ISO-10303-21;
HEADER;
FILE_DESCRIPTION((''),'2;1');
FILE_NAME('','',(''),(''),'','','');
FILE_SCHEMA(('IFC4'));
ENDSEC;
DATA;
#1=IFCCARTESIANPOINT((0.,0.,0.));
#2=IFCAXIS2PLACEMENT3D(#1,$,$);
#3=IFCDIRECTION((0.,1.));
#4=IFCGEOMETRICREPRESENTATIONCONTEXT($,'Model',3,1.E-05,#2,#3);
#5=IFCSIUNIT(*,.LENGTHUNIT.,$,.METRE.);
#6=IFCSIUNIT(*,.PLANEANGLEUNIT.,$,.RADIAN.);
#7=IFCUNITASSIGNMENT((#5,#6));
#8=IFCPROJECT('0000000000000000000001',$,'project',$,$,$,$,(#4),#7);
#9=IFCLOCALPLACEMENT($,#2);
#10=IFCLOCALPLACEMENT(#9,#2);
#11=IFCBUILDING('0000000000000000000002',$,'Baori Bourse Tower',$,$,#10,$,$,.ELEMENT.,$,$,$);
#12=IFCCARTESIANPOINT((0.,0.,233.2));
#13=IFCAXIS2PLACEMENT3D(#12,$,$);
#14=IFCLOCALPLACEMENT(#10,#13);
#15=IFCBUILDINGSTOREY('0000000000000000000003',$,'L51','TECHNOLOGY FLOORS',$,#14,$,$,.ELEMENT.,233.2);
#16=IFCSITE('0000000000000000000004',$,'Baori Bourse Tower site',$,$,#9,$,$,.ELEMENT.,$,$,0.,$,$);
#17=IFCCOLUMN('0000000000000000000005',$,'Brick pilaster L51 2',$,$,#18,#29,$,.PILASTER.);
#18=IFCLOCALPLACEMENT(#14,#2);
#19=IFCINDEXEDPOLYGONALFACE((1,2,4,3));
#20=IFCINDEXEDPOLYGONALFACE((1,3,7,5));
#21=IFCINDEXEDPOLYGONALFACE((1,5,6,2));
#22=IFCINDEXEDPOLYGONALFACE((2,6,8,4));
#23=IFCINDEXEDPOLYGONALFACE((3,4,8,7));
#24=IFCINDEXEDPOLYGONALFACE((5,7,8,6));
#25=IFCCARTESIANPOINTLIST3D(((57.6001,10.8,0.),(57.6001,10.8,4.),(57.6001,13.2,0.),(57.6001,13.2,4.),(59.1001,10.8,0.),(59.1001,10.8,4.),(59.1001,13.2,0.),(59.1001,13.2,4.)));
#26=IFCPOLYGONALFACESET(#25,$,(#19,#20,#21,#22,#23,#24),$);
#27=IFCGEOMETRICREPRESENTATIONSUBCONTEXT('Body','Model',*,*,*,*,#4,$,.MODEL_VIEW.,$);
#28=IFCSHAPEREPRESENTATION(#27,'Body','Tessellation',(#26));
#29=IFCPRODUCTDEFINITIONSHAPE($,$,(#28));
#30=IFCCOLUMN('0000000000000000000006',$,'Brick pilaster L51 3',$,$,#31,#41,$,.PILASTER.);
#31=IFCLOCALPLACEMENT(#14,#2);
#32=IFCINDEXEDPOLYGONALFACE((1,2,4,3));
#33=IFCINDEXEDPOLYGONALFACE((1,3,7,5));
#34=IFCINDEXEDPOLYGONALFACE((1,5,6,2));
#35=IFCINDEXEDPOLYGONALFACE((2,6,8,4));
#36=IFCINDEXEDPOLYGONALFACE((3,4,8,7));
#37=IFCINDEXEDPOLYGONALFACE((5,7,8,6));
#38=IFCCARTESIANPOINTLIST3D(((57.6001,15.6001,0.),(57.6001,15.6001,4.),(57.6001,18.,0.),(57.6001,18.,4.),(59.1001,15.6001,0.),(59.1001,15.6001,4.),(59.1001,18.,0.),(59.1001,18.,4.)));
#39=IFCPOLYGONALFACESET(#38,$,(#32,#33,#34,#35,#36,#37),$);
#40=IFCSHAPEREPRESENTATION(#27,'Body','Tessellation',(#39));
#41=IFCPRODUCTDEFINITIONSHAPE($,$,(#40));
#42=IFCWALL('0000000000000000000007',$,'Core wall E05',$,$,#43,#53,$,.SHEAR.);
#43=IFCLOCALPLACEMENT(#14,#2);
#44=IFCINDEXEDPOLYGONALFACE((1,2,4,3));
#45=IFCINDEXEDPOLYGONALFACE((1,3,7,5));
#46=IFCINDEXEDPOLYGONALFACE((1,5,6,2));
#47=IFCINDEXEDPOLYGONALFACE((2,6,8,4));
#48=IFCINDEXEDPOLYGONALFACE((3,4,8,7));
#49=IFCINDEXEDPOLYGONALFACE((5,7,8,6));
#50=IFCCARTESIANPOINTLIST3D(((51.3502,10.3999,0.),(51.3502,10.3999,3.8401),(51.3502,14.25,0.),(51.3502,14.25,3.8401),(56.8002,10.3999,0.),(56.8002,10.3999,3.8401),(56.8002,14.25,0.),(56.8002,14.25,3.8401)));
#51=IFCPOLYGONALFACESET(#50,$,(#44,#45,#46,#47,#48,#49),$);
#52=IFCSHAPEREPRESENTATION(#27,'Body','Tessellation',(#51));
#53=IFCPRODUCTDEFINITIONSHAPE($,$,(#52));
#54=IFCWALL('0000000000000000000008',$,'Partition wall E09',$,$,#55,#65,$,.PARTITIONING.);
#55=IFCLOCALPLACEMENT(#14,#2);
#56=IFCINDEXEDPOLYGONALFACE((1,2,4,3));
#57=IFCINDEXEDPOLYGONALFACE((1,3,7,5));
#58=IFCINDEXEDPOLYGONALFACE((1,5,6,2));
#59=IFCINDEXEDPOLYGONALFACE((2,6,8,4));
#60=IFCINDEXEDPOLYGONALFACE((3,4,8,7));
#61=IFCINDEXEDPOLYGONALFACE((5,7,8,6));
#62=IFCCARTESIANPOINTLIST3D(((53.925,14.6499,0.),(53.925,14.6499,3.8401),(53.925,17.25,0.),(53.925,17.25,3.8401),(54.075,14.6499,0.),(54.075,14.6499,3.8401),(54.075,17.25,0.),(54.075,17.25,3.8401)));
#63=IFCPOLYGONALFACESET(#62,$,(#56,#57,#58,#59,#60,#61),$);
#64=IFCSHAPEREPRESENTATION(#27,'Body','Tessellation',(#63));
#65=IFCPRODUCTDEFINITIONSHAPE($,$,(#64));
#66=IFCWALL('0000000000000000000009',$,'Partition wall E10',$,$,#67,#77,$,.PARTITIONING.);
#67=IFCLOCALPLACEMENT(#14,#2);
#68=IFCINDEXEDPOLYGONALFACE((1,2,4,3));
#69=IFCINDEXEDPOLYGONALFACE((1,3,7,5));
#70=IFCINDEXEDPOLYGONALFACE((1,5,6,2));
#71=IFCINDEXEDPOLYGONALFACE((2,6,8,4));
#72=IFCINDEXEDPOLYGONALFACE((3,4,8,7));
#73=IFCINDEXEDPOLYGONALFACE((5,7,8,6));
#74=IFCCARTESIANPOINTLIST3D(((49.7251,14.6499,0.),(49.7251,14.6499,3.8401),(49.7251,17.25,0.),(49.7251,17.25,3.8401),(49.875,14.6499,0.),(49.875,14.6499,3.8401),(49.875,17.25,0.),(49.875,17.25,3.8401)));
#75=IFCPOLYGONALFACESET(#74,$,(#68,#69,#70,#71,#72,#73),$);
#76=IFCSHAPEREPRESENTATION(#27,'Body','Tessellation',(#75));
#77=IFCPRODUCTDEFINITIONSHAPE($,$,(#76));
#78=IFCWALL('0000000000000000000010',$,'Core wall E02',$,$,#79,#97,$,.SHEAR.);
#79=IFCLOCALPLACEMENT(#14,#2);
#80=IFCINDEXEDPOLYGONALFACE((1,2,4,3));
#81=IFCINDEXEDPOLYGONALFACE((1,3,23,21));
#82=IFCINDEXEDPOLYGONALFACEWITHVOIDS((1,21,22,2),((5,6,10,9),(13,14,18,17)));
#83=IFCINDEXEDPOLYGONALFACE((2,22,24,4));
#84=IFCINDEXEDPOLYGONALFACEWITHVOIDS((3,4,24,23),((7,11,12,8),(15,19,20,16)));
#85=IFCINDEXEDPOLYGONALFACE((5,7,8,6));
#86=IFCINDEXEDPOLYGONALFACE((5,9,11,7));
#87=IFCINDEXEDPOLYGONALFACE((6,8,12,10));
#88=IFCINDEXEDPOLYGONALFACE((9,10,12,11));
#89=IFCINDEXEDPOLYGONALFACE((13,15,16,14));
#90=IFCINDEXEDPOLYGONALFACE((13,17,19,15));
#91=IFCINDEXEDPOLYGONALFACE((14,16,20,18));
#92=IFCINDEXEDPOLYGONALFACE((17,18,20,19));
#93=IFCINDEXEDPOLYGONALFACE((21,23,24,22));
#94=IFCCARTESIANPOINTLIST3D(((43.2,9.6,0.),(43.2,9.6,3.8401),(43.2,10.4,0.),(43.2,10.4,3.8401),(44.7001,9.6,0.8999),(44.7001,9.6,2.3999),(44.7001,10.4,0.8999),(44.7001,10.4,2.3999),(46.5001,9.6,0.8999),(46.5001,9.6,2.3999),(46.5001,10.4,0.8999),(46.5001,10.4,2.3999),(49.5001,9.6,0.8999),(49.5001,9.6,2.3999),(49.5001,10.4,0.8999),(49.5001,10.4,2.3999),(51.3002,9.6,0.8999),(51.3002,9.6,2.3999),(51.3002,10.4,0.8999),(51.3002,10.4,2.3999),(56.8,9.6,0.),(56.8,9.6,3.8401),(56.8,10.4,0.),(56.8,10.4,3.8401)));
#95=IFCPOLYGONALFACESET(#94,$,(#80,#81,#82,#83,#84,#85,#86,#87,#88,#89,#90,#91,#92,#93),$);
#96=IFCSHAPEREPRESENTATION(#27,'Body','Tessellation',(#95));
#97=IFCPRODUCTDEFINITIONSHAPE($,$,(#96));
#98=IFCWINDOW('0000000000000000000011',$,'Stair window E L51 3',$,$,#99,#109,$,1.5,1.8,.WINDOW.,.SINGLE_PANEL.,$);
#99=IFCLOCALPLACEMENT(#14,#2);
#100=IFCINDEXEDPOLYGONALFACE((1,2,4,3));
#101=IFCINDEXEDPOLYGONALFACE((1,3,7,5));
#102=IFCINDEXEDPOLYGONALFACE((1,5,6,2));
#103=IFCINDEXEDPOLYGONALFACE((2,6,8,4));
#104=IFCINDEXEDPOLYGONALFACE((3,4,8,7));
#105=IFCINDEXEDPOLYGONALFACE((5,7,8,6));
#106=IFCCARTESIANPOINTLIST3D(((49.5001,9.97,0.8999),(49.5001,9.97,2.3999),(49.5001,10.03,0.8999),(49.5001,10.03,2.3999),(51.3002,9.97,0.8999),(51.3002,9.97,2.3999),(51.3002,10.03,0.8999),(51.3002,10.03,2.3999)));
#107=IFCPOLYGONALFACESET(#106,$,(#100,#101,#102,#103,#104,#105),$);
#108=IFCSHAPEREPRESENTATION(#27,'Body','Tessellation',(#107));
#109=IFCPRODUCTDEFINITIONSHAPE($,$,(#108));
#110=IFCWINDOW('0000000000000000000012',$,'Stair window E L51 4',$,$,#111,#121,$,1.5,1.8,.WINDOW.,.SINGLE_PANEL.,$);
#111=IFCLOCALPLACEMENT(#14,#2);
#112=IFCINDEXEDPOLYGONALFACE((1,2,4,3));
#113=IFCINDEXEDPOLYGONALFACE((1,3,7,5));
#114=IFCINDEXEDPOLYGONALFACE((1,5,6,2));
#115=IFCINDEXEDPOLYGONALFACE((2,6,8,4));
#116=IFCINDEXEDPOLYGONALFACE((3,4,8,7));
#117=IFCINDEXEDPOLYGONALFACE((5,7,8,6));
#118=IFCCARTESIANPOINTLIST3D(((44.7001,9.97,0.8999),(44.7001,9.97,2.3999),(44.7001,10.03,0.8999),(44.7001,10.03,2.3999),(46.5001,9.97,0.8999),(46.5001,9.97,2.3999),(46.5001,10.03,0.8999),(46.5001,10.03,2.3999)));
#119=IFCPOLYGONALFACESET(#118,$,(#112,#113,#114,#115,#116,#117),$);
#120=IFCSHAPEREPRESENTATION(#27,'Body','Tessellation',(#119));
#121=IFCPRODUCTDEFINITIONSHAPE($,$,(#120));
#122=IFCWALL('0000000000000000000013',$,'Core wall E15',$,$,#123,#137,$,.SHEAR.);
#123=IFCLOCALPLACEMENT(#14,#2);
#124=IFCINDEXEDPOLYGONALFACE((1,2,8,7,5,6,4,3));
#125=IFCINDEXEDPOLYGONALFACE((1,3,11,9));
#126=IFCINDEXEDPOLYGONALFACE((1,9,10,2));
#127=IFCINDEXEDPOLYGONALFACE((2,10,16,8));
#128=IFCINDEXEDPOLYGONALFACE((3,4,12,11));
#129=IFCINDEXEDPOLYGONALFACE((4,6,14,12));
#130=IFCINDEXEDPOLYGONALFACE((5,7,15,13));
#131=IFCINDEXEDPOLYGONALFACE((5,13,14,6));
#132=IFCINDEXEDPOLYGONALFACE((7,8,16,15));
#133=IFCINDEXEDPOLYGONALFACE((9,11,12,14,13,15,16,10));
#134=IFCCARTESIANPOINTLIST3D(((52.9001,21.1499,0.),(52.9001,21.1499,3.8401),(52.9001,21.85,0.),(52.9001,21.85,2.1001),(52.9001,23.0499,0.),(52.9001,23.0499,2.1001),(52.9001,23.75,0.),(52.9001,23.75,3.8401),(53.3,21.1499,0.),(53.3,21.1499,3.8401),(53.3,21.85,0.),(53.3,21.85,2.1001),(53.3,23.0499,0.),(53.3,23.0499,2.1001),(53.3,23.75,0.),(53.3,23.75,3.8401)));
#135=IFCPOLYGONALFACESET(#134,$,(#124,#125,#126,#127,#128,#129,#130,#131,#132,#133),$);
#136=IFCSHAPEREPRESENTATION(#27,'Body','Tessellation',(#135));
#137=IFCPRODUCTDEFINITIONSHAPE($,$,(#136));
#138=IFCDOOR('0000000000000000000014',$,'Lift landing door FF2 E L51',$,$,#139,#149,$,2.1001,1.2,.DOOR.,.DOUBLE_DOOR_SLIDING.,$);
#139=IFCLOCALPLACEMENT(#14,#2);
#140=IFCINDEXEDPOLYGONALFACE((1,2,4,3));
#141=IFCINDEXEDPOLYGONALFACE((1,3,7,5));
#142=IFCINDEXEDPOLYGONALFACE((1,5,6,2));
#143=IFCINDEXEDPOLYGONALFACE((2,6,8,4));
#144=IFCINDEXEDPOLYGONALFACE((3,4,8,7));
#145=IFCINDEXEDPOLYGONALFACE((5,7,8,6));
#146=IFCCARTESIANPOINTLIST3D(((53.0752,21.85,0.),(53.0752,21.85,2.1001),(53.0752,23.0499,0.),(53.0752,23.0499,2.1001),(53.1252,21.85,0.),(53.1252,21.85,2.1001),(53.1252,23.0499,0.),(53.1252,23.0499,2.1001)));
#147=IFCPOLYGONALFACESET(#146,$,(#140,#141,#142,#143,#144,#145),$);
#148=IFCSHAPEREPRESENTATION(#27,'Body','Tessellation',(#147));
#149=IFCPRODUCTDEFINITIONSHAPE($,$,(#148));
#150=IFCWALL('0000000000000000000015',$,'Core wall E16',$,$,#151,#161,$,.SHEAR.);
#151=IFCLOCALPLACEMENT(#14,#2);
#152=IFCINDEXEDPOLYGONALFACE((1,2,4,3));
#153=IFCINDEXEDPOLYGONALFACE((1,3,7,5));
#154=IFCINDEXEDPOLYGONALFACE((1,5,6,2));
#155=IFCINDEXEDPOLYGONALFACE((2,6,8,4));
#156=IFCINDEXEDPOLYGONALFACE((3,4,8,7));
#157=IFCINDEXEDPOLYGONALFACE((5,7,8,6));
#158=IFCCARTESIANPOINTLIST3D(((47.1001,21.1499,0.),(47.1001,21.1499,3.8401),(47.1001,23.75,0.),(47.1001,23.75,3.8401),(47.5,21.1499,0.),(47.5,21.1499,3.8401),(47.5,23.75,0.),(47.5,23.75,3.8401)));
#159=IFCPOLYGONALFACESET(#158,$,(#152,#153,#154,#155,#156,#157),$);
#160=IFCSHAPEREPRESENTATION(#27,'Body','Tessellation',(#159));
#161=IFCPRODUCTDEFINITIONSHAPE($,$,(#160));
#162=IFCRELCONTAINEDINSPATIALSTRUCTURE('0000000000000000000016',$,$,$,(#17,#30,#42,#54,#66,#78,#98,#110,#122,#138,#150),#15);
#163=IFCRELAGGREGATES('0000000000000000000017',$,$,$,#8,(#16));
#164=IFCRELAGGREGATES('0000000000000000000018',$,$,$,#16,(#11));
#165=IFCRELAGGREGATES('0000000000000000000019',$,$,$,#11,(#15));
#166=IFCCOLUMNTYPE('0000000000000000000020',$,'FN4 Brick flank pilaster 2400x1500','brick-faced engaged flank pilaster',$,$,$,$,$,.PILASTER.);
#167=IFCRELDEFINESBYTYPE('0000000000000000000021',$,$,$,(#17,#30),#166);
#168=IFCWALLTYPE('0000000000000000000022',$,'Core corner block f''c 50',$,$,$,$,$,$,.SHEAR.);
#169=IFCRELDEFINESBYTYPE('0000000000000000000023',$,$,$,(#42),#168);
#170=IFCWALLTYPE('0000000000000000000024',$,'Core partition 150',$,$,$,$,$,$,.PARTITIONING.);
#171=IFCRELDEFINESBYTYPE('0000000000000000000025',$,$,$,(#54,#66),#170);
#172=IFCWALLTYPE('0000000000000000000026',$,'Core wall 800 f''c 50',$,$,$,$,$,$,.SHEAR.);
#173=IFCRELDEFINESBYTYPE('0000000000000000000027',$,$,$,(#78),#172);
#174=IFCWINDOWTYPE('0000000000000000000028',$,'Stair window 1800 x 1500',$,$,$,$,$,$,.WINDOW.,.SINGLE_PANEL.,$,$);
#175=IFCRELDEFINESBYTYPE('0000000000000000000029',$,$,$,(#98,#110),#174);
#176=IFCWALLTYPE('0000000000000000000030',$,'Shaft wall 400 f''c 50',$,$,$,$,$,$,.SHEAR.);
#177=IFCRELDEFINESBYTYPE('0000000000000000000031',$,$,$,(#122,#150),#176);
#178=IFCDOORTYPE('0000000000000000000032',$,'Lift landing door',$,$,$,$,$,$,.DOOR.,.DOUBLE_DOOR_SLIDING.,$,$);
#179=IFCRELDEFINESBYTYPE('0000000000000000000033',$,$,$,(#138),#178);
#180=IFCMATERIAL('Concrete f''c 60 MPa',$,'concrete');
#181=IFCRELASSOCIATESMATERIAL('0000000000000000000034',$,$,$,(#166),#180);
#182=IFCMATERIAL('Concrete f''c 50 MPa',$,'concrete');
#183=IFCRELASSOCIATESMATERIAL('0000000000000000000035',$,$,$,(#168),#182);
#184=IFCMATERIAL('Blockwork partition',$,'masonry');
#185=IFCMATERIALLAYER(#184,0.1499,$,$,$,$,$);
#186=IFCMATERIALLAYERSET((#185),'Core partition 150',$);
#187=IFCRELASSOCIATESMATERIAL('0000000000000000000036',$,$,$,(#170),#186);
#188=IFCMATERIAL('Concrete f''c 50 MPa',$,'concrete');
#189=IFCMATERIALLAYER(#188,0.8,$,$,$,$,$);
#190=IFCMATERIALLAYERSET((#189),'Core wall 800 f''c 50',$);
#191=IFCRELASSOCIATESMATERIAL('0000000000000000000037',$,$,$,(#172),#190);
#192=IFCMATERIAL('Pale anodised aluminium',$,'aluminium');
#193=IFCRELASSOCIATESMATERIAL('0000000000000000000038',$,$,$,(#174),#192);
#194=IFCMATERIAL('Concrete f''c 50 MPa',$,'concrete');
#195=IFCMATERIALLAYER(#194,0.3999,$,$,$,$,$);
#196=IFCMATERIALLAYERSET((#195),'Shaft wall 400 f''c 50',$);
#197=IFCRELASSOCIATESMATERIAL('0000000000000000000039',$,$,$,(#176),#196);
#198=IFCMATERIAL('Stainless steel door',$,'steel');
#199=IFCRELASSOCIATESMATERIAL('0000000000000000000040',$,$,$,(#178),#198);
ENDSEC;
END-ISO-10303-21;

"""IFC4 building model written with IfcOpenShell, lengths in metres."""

from ifc_helpers import new_model, si_unit, direction, frame, frame_2d, origin, origin_2d, place, context, subcontext, project, spatial, rectangle, extrude, material, layer, layer_set, material_profile, profile_set, type_object, element, fill, save


model = new_model("IFC4")

# Units and contexts
model_context = context("Model", 3, precision=1e-05, world=origin(), true_north=direction((0.0, 1.0)))
body_context = subcontext(model_context, "Body", "Model", "MODEL_VIEW")
ifc_project = project(units=[si_unit("LENGTHUNIT", "METRE"), si_unit("PLANEANGLEUNIT", "RADIAN")], contexts=[model_context])

# Site, building, storey
site_placement = place(None, origin())
site = spatial("IfcSite", under=ifc_project, at=site_placement, Name="Baori Bourse Tower site", CompositionType="ELEMENT", RefElevation=0.0)
building_placement = place(site_placement, origin())
building = spatial("IfcBuilding", under=site, at=building_placement, Name="Baori Bourse Tower", CompositionType="ELEMENT")
storey_placement = place(building_placement, frame((0.0, 0.0, 233.2)))
storey = spatial("IfcBuildingStorey", under=building, at=storey_placement, Name="L51", Description="TECHNOLOGY FLOORS", CompositionType="ELEMENT", Elevation=233.2)

# Columns
ifc_material_1 = material(Name="Concrete f'c 60 MPa", Category="concrete")
ifc_material_profile = material_profile(ifc_material_1, rectangle(XDim=2.3999, YDim=1.5, at=origin_2d()), Name="RC 2400x1500")
ifc_profile_set = profile_set([ifc_material_profile], Name="Concrete f'c 60 MPa")
column_type = type_object("IfcColumnType", Name="FN4 Brick flank pilaster 2400x1500", Description="brick-faced engaged flank pilaster", PredefinedType="PILASTER", material=ifc_profile_set)
for number, where, z_axis, x_axis, name in (
    (1, (58.3501, 12.0, 0.0), (0.0, 0.0, 1.0), (0.0, 1.0, 0.0), "Brick pilaster L51 2"),
    (2, (58.3501, 16.8, 0.0), (0.0, 0.0, 1.0), (0.0, 1.0, 0.0), "Brick pilaster L51 3"),
):
    element("IfcColumn", number, at=place(storey_placement, frame(where, z_axis=z_axis, x_axis=x_axis)), inside=storey, type_object=column_type, Name=name, PredefinedType="PILASTER", context=body_context, shape_type="SweptSolid", body=[
        extrude(rectangle(XDim=2.3999, YDim=1.5, at=origin_2d()), origin(), (0.0, 0.0, 1.0), 4.0),
    ])

# Walls
ifc_material_2 = material(Name="Concrete f'c 50 MPa", Category="concrete")
wall_type_1 = type_object("IfcWallType", Name="Core corner block f'c 50", PredefinedType="SHEAR", material=ifc_material_2)
wall_1_placement = place(storey_placement, frame((51.3501, 12.325, 0.0), z_axis=(0.0, 0.0, 1.0), x_axis=(1.0, 0.0, 0.0)))
element("IfcWall", 3, at=wall_1_placement, inside=storey, type_object=wall_type_1, Name="Core wall E05", PredefinedType="SHEAR", context=body_context, shape_type="SweptSolid", body=[
    extrude(rectangle(XDim=5.45, YDim=3.8501, at=frame_2d((2.7251, 0.0))), origin(), (0.0, 0.0, 1.0), 3.8401),
])
ifc_material_3 = material(Name="Blockwork partition", Category="masonry")
ifc_layer_1 = layer(ifc_material_3, 0.1499)
ifc_layer_set_1 = layer_set([ifc_layer_1], Name="Core partition 150")
wall_type_2 = type_object("IfcWallType", Name="Core partition 150", PredefinedType="PARTITIONING", material=ifc_layer_set_1)
for number, where, z_axis, x_axis, name in (
    (4, (54.0, 14.6499, 0.0), (0.0, 0.0, 1.0), (0.0, 1.0, 0.0), "Partition wall E09"),
    (5, (49.8, 14.6499, 0.0), (0.0, 0.0, 1.0), (0.0, 1.0, 0.0), "Partition wall E10"),
):
    element("IfcWall", number, at=place(storey_placement, frame(where, z_axis=z_axis, x_axis=x_axis)), inside=storey, type_object=wall_type_2, Name=name, PredefinedType="PARTITIONING", context=body_context, shape_type="SweptSolid", body=[
        extrude(rectangle(XDim=2.6001, YDim=0.1499, at=frame_2d((1.3, 0.0))), origin(), (0.0, 0.0, 1.0), 3.8401),
    ])

# Wall, openings, windows
ifc_material_4 = material(Name="Concrete f'c 50 MPa", Category="concrete")
ifc_layer_2 = layer(ifc_material_4, 0.8)
ifc_layer_set_2 = layer_set([ifc_layer_2], Name="Core wall 800 f'c 50")
wall_type_3 = type_object("IfcWallType", Name="Core wall 800 f'c 50", PredefinedType="SHEAR", material=ifc_layer_set_2)
wall_2_placement = place(storey_placement, frame((56.8, 10.0, 0.0), z_axis=(0.0, 0.0, 1.0), x_axis=(-1.0, 0.0, 0.0)))
wall_2 = element("IfcWall", 6, at=wall_2_placement, inside=storey, type_object=wall_type_3, Name="Core wall E02", PredefinedType="SHEAR", context=body_context, shape_type="SweptSolid", body=[
    extrude(rectangle(XDim=13.6001, YDim=0.8, at=frame_2d((6.8, 0.0))), origin(), (0.0, 0.0, 1.0), 3.8401),
])
opening_1_placement = place(wall_2_placement, frame((5.5, 0.0, 0.8999)))
opening_1 = element("IfcOpeningElement", 7, at=opening_1_placement, cuts=wall_2, PredefinedType="OPENING", context=body_context, shape_type="SweptSolid", body=[
    extrude(rectangle(XDim=1.8, YDim=1.5, at=frame_2d((0.8999, 0.75))), frame((0.0, 0.4099, 0.0), z_axis=(0.0, -1.0, 0.0), x_axis=(1.0, 0.0, 0.0)), (0.0, 0.0, 1.0), 0.8201),
])
opening_2_placement = place(wall_2_placement, frame((10.3, 0.0, 0.8999)))
opening_2 = element("IfcOpeningElement", 8, at=opening_2_placement, cuts=wall_2, PredefinedType="OPENING", context=body_context, shape_type="SweptSolid", body=[
    extrude(rectangle(XDim=1.8, YDim=1.5, at=frame_2d((0.8999, 0.75))), frame((0.0, 0.4099, 0.0), z_axis=(0.0, -1.0, 0.0), x_axis=(1.0, 0.0, 0.0)), (0.0, 0.0, 1.0), 0.8201),
])
ifc_material_5 = material(Name="Pale anodised aluminium", Category="aluminium")
window_type = type_object("IfcWindowType", Name="Stair window 1800 x 1500", PartitioningType="SINGLE_PANEL", PredefinedType="WINDOW", material=ifc_material_5)
window_1_placement = place(opening_1_placement, origin())
window_1 = element("IfcWindow", 9, at=window_1_placement, inside=storey, type_object=window_type, Name="Stair window E L51 3", OverallHeight=1.5, OverallWidth=1.8, PartitioningType="SINGLE_PANEL", PredefinedType="WINDOW", context=body_context, shape_type="SweptSolid", body=[
    extrude(rectangle(XDim=1.8, YDim=1.5, at=frame_2d((0.8999, 0.75))), frame((0.0, 0.03, 0.0), z_axis=(0.0, -1.0, 0.0), x_axis=(1.0, 0.0, 0.0)), (0.0, 0.0, 1.0), 0.0601),
])
fill(opening_1, window_1)
window_2_placement = place(opening_2_placement, origin())
window_2 = element("IfcWindow", 10, at=window_2_placement, inside=storey, type_object=window_type, Name="Stair window E L51 4", OverallHeight=1.5, OverallWidth=1.8, PartitioningType="SINGLE_PANEL", PredefinedType="WINDOW", context=body_context, shape_type="SweptSolid", body=[
    extrude(rectangle(XDim=1.8, YDim=1.5, at=frame_2d((0.8999, 0.75))), frame((0.0, 0.03, 0.0), z_axis=(0.0, -1.0, 0.0), x_axis=(1.0, 0.0, 0.0)), (0.0, 0.0, 1.0), 0.0601),
])
fill(opening_2, window_2)

# Wall, opening, door
ifc_material_6 = material(Name="Concrete f'c 50 MPa", Category="concrete")
ifc_layer_3 = layer(ifc_material_6, 0.3999)
ifc_layer_set_3 = layer_set([ifc_layer_3], Name="Shaft wall 400 f'c 50")
wall_type_4 = type_object("IfcWallType", Name="Shaft wall 400 f'c 50", PredefinedType="SHEAR", material=ifc_layer_set_3)
wall_3_placement = place(storey_placement, frame((53.1001, 21.1499, 0.0), z_axis=(0.0, 0.0, 1.0), x_axis=(0.0, 1.0, 0.0)))
wall_3 = element("IfcWall", 11, at=wall_3_placement, inside=storey, type_object=wall_type_4, Name="Core wall E15", PredefinedType="SHEAR", context=body_context, shape_type="SweptSolid", body=[
    extrude(rectangle(XDim=2.6001, YDim=0.3999, at=frame_2d((1.3, 0.0))), origin(), (0.0, 0.0, 1.0), 3.8401),
])
opening_3_placement = place(wall_3_placement, frame((0.7, 0.0, 0.0)))
opening_3 = element("IfcOpeningElement", 12, at=opening_3_placement, cuts=wall_3, PredefinedType="OPENING", context=body_context, shape_type="SweptSolid", body=[
    extrude(rectangle(XDim=1.2, YDim=2.1001, at=frame_2d((0.6001, 1.05))), frame((0.0, 0.21, 0.0), z_axis=(0.0, -1.0, 0.0), x_axis=(1.0, 0.0, 0.0)), (0.0, 0.0, 1.0), 0.4199),
])
ifc_material_7 = material(Name="Stainless steel door", Category="steel")
door_type = type_object("IfcDoorType", Name="Lift landing door", OperationType="DOUBLE_DOOR_SLIDING", PredefinedType="DOOR", material=ifc_material_7)
door_placement = place(opening_3_placement, origin())
door = element("IfcDoor", 13, at=door_placement, inside=storey, type_object=door_type, Name="Lift landing door FF2 E L51", OperationType="DOUBLE_DOOR_SLIDING", OverallHeight=2.1001, OverallWidth=1.2, PredefinedType="DOOR", context=body_context, shape_type="SweptSolid", body=[
    extrude(rectangle(XDim=1.2, YDim=2.1001, at=frame_2d((0.6001, 1.05))), frame((0.0, 0.0249, 0.0), z_axis=(0.0, -1.0, 0.0), x_axis=(1.0, 0.0, 0.0)), (0.0, 0.0, 1.0), 0.05),
])
fill(opening_3, door)

# Wall
wall_4_placement = place(storey_placement, frame((47.3, 21.1499, 0.0), z_axis=(0.0, 0.0, 1.0), x_axis=(0.0, 1.0, 0.0)))
element("IfcWall", 14, at=wall_4_placement, inside=storey, type_object=wall_type_4, Name="Core wall E16", PredefinedType="SHEAR", context=body_context, shape_type="SweptSolid", body=[
    extrude(rectangle(XDim=2.6001, YDim=0.3999, at=frame_2d((1.3, 0.0))), origin(), (0.0, 0.0, 1.0), 3.8401),
])

save(model, "model.ifc")
